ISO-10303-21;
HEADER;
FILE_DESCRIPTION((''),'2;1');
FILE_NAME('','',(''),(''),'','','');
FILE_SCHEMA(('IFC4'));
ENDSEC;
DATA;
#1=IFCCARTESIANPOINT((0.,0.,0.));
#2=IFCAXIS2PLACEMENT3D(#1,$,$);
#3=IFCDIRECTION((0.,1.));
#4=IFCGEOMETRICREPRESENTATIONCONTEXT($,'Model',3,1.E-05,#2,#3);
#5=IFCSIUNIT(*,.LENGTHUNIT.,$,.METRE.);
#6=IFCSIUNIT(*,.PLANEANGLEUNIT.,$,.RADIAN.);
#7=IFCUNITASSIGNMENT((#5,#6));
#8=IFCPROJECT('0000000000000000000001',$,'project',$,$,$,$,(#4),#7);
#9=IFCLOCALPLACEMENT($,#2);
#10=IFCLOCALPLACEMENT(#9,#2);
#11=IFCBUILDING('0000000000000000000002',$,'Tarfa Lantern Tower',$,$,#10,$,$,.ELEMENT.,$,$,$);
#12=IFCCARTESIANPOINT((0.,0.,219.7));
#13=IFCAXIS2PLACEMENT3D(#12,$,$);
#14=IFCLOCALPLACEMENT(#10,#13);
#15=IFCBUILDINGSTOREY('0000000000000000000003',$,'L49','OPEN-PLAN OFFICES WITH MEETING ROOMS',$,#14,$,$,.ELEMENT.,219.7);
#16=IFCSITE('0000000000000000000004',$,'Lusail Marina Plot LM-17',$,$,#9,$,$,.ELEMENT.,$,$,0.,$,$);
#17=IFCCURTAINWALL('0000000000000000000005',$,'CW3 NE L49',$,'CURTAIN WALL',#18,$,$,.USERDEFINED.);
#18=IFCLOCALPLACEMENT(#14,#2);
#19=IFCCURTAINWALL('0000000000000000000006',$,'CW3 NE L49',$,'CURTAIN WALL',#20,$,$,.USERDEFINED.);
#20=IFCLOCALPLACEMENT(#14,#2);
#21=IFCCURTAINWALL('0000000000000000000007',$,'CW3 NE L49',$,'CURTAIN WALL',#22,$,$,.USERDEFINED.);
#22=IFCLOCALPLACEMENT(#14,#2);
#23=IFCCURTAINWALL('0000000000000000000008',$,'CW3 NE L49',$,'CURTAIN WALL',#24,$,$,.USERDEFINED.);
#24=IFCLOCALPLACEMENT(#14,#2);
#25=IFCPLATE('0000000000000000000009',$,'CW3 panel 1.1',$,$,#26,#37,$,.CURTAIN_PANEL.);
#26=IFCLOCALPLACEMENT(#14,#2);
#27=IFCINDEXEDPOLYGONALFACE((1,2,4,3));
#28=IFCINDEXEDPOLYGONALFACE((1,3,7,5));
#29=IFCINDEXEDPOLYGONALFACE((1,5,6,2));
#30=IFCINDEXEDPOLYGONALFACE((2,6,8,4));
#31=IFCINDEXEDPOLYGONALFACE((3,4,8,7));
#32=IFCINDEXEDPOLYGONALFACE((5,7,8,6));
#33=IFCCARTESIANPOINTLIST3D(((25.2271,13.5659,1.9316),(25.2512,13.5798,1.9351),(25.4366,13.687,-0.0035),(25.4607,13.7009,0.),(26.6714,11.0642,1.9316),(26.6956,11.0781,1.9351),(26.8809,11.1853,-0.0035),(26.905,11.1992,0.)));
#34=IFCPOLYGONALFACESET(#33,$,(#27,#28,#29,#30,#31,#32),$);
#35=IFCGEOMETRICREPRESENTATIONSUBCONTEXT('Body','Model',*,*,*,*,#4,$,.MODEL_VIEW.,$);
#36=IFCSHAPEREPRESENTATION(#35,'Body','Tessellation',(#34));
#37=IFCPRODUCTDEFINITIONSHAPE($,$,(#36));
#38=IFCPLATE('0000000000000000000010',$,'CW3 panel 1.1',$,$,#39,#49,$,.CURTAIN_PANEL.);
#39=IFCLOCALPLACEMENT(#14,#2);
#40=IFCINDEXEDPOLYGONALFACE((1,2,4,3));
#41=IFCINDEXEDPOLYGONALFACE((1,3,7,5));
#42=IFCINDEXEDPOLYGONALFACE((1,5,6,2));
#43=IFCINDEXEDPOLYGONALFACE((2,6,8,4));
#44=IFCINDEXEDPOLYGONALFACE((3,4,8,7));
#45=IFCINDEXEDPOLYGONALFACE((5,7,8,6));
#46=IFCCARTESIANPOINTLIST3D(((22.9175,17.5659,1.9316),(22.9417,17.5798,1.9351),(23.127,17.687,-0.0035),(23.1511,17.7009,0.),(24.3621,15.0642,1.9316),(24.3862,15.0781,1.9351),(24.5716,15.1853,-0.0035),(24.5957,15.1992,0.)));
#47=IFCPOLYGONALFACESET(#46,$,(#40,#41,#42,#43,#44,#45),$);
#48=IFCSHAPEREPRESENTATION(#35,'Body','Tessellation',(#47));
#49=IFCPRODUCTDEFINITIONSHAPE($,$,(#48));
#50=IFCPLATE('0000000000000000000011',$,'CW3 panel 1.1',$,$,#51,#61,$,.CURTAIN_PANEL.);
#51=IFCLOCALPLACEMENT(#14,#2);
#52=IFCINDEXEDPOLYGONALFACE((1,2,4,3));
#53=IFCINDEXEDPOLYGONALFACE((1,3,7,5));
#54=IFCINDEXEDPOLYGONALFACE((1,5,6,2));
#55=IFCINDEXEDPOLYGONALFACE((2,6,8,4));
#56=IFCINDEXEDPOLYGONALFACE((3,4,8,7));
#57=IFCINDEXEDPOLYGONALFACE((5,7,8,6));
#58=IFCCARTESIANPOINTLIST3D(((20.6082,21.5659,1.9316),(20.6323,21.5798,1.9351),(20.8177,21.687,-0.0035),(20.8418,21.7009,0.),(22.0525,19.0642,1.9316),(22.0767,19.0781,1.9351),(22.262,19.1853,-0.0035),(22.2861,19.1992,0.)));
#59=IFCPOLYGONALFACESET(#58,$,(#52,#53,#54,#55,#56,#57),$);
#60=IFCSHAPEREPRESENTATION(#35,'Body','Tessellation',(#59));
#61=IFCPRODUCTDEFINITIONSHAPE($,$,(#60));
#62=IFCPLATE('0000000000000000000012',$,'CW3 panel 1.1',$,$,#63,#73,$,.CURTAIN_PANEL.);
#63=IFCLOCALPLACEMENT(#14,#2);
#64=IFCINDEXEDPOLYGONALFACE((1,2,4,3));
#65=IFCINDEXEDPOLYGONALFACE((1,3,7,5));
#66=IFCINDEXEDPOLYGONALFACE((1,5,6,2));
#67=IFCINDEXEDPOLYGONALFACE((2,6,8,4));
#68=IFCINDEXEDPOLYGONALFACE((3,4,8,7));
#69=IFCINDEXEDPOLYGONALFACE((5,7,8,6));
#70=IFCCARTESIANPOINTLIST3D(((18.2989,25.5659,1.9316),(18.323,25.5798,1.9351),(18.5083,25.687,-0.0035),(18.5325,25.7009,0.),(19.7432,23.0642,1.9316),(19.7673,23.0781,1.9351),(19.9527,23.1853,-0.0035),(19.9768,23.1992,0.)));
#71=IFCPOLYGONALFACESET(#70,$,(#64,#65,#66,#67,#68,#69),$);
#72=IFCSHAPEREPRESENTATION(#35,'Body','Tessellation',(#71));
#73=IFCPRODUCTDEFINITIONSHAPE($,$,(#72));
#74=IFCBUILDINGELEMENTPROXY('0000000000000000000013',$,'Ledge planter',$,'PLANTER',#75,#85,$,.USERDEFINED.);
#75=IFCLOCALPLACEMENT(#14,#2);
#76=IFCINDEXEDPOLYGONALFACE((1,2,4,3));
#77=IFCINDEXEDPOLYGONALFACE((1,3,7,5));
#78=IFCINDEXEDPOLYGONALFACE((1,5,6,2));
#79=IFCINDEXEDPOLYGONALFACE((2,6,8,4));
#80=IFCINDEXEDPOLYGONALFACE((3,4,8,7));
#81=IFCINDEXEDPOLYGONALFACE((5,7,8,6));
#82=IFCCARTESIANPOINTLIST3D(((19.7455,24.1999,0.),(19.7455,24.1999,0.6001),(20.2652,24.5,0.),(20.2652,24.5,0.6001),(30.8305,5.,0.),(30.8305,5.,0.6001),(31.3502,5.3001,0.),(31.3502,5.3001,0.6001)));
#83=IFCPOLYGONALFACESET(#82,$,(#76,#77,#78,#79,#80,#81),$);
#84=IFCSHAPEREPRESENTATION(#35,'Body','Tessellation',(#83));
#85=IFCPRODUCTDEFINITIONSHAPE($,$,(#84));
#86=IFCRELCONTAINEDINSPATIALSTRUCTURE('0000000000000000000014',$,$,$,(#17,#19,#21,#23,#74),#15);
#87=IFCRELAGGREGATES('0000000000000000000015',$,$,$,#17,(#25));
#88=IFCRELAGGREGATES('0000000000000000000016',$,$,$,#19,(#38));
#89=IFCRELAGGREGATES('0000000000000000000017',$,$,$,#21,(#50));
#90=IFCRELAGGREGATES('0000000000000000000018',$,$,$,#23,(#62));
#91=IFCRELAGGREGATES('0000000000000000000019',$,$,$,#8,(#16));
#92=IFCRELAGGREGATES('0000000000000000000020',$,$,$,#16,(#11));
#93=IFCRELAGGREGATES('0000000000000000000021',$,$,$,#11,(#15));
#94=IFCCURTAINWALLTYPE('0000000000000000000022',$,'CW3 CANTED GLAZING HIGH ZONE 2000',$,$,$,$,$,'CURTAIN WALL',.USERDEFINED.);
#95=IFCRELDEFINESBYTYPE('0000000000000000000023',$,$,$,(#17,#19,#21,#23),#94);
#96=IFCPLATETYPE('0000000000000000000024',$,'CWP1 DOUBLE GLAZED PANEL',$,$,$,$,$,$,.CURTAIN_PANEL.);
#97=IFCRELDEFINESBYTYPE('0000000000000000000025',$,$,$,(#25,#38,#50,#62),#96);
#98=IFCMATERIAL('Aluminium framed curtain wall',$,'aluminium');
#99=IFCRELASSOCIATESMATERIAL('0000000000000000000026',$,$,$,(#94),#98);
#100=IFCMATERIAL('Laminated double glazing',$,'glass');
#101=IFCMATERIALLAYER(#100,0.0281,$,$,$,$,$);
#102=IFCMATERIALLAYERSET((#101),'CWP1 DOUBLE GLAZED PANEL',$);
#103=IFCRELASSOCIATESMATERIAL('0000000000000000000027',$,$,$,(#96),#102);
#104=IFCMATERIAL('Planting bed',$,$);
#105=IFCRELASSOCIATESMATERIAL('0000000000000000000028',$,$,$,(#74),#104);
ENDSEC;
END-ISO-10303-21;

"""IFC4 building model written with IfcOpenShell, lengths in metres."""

from ifc_helpers import new_model, si_unit, direction, frame, origin, origin_2d, place, context, subcontext, project, spatial, polyline, rectangle, outline, extrude, material, layer, layer_set, type_object, element, aggregate, save


model = new_model("IFC4")

# Units and contexts
model_context = context("Model", 3, precision=1e-05, world=origin(), true_north=direction((0.0, 1.0)))
body_context = subcontext(model_context, "Body", "Model", "MODEL_VIEW")
ifc_project = project(units=[si_unit("LENGTHUNIT", "METRE"), si_unit("PLANEANGLEUNIT", "RADIAN")], contexts=[model_context])

# Site, building, storey
site_placement = place(None, origin())
site = spatial("IfcSite", under=ifc_project, at=site_placement, Name="Lusail Marina Plot LM-17", CompositionType="ELEMENT", RefElevation=0.0)
building_placement = place(site_placement, origin())
building = spatial("IfcBuilding", under=site, at=building_placement, Name="Tarfa Lantern Tower", CompositionType="ELEMENT")
storey_placement = place(building_placement, frame((0.0, 0.0, 219.7)))
storey = spatial("IfcBuildingStorey", under=building, at=storey_placement, Name="L49", Description="OPEN-PLAN OFFICES WITH MEETING ROOMS", CompositionType="ELEMENT", Elevation=219.7)

# Curtain wall
ifc_material_1 = material(Name="Aluminium framed curtain wall", Category="aluminium")
curtain_wall_type = type_object("IfcCurtainWallType", Name="CW3 CANTED GLAZING HIGH ZONE 2000", ElementType="CURTAIN WALL", PredefinedType="USERDEFINED", material=ifc_material_1)
curtain_wall_1_placement = place(storey_placement, origin())
curtain_wall_1 = element("IfcCurtainWall", 1, at=curtain_wall_1_placement, inside=storey, type_object=curtain_wall_type, Name="CW3 NE L49", ObjectType="CURTAIN WALL", PredefinedType="USERDEFINED")

# Curtain walls
curtain_wall_2_placement = place(storey_placement, origin())
curtain_wall_2 = element("IfcCurtainWall", 2, at=curtain_wall_2_placement, inside=storey, type_object=curtain_wall_type, Name="CW3 NE L49", ObjectType="CURTAIN WALL", PredefinedType="USERDEFINED")
curtain_wall_3_placement = place(storey_placement, origin())
curtain_wall_3 = element("IfcCurtainWall", 3, at=curtain_wall_3_placement, inside=storey, type_object=curtain_wall_type, Name="CW3 NE L49", ObjectType="CURTAIN WALL", PredefinedType="USERDEFINED")

# Curtain wall
curtain_wall_4_placement = place(storey_placement, origin())
curtain_wall_4 = element("IfcCurtainWall", 4, at=curtain_wall_4_placement, inside=storey, type_object=curtain_wall_type, Name="CW3 NE L49", ObjectType="CURTAIN WALL", PredefinedType="USERDEFINED")

# Plates
ifc_material_2 = material(Name="Laminated double glazing", Category="glass")
ifc_layer = layer(ifc_material_2, 0.0281)
ifc_layer_set = layer_set([ifc_layer], Name="CWP1 DOUBLE GLAZED PANEL")
plate_type = type_object("IfcPlateType", Name="CWP1 DOUBLE GLAZED PANEL", PredefinedType="CURTAIN_PANEL", material=ifc_layer_set)
plate_1_placement = place(storey_placement, frame((26.905, 11.1992, 0.0), z_axis=(0.859338, 0.49613, 0.124072), x_axis=(-0.499993, 0.866029, 0.0)))
plate_1 = element("IfcPlate", 5, at=plate_1_placement, type_object=plate_type, Name="CW3 panel 1.1", PredefinedType="CURTAIN_PANEL", context=body_context, shape_type="SweptSolid", body=[
    extrude(outline(polyline([(0.0, 0.0), (2.8887, 0.0), (2.8886, 1.9501), (-0.0001, 1.9501), (0.0, 0.0)])), origin(), (0.0, 0.0, -1.0), 0.0281),
])
aggregate(curtain_wall_1, [plate_1])
plate_2_placement = place(storey_placement, frame((24.5957, 15.1992, 0.0), z_axis=(0.859301, 0.496193, 0.124072), x_axis=(-0.500057, 0.865993, 0.0)))
plate_2 = element("IfcPlate", 6, at=plate_2_placement, type_object=plate_type, Name="CW3 panel 1.1", PredefinedType="CURTAIN_PANEL", context=body_context, shape_type="SweptSolid", body=[
    extrude(outline(polyline([(0.0, 0.0), (2.8888, 0.0), (2.8887, 1.9501), (-0.0001, 1.9501), (0.0, 0.0)])), origin(), (0.0, 0.0, -1.0), 0.0281),
])
aggregate(curtain_wall_2, [plate_2])
plate_3_placement = place(storey_placement, frame((22.2861, 19.1992, 0.0), z_axis=(0.859338, 0.49613, 0.124072), x_axis=(-0.499993, 0.866029, 0.0)))
plate_3 = element("IfcPlate", 7, at=plate_3_placement, type_object=plate_type, Name="CW3 panel 1.1", PredefinedType="CURTAIN_PANEL", context=body_context, shape_type="SweptSolid", body=[
    extrude(outline(polyline([(0.0, 0.0), (2.8887, 0.0), (2.8886, 1.9501), (-0.0001, 1.9501), (0.0, 0.0)])), origin(), (0.0, 0.0, -1.0), 0.0281),
])
aggregate(curtain_wall_3, [plate_3])
plate_4_placement = place(storey_placement, frame((19.9768, 23.1992, 0.0), z_axis=(0.859338, 0.49613, 0.124072), x_axis=(-0.499993, 0.866029, 0.0)))
plate_4 = element("IfcPlate", 8, at=plate_4_placement, type_object=plate_type, Name="CW3 panel 1.1", PredefinedType="CURTAIN_PANEL", context=body_context, shape_type="SweptSolid", body=[
    extrude(outline(polyline([(0.0, 0.0), (2.8887, 0.0), (2.8886, 1.9501), (-0.0001, 1.9501), (0.0, 0.0)])), origin(), (0.0, 0.0, -1.0), 0.0281),
])
aggregate(curtain_wall_4, [plate_4])

# Building element proxy
ifc_material_3 = material(Name="Planting bed")
proxy_placement = place(storey_placement, frame((25.5479, 14.75, 0.0), z_axis=(0.0, 0.0, 1.0), x_axis=(-0.5, 0.866025, 0.0)))
element("IfcBuildingElementProxy", 9, at=proxy_placement, inside=storey, material=ifc_material_3, Name="Ledge planter", ObjectType="PLANTER", PredefinedType="USERDEFINED", context=body_context, shape_type="SweptSolid", body=[
    extrude(rectangle(XDim=22.1702, YDim=0.6001, at=origin_2d()), origin(), (0.0, 0.0, 1.0), 0.6001),
])

save(model, "model.ifc")
